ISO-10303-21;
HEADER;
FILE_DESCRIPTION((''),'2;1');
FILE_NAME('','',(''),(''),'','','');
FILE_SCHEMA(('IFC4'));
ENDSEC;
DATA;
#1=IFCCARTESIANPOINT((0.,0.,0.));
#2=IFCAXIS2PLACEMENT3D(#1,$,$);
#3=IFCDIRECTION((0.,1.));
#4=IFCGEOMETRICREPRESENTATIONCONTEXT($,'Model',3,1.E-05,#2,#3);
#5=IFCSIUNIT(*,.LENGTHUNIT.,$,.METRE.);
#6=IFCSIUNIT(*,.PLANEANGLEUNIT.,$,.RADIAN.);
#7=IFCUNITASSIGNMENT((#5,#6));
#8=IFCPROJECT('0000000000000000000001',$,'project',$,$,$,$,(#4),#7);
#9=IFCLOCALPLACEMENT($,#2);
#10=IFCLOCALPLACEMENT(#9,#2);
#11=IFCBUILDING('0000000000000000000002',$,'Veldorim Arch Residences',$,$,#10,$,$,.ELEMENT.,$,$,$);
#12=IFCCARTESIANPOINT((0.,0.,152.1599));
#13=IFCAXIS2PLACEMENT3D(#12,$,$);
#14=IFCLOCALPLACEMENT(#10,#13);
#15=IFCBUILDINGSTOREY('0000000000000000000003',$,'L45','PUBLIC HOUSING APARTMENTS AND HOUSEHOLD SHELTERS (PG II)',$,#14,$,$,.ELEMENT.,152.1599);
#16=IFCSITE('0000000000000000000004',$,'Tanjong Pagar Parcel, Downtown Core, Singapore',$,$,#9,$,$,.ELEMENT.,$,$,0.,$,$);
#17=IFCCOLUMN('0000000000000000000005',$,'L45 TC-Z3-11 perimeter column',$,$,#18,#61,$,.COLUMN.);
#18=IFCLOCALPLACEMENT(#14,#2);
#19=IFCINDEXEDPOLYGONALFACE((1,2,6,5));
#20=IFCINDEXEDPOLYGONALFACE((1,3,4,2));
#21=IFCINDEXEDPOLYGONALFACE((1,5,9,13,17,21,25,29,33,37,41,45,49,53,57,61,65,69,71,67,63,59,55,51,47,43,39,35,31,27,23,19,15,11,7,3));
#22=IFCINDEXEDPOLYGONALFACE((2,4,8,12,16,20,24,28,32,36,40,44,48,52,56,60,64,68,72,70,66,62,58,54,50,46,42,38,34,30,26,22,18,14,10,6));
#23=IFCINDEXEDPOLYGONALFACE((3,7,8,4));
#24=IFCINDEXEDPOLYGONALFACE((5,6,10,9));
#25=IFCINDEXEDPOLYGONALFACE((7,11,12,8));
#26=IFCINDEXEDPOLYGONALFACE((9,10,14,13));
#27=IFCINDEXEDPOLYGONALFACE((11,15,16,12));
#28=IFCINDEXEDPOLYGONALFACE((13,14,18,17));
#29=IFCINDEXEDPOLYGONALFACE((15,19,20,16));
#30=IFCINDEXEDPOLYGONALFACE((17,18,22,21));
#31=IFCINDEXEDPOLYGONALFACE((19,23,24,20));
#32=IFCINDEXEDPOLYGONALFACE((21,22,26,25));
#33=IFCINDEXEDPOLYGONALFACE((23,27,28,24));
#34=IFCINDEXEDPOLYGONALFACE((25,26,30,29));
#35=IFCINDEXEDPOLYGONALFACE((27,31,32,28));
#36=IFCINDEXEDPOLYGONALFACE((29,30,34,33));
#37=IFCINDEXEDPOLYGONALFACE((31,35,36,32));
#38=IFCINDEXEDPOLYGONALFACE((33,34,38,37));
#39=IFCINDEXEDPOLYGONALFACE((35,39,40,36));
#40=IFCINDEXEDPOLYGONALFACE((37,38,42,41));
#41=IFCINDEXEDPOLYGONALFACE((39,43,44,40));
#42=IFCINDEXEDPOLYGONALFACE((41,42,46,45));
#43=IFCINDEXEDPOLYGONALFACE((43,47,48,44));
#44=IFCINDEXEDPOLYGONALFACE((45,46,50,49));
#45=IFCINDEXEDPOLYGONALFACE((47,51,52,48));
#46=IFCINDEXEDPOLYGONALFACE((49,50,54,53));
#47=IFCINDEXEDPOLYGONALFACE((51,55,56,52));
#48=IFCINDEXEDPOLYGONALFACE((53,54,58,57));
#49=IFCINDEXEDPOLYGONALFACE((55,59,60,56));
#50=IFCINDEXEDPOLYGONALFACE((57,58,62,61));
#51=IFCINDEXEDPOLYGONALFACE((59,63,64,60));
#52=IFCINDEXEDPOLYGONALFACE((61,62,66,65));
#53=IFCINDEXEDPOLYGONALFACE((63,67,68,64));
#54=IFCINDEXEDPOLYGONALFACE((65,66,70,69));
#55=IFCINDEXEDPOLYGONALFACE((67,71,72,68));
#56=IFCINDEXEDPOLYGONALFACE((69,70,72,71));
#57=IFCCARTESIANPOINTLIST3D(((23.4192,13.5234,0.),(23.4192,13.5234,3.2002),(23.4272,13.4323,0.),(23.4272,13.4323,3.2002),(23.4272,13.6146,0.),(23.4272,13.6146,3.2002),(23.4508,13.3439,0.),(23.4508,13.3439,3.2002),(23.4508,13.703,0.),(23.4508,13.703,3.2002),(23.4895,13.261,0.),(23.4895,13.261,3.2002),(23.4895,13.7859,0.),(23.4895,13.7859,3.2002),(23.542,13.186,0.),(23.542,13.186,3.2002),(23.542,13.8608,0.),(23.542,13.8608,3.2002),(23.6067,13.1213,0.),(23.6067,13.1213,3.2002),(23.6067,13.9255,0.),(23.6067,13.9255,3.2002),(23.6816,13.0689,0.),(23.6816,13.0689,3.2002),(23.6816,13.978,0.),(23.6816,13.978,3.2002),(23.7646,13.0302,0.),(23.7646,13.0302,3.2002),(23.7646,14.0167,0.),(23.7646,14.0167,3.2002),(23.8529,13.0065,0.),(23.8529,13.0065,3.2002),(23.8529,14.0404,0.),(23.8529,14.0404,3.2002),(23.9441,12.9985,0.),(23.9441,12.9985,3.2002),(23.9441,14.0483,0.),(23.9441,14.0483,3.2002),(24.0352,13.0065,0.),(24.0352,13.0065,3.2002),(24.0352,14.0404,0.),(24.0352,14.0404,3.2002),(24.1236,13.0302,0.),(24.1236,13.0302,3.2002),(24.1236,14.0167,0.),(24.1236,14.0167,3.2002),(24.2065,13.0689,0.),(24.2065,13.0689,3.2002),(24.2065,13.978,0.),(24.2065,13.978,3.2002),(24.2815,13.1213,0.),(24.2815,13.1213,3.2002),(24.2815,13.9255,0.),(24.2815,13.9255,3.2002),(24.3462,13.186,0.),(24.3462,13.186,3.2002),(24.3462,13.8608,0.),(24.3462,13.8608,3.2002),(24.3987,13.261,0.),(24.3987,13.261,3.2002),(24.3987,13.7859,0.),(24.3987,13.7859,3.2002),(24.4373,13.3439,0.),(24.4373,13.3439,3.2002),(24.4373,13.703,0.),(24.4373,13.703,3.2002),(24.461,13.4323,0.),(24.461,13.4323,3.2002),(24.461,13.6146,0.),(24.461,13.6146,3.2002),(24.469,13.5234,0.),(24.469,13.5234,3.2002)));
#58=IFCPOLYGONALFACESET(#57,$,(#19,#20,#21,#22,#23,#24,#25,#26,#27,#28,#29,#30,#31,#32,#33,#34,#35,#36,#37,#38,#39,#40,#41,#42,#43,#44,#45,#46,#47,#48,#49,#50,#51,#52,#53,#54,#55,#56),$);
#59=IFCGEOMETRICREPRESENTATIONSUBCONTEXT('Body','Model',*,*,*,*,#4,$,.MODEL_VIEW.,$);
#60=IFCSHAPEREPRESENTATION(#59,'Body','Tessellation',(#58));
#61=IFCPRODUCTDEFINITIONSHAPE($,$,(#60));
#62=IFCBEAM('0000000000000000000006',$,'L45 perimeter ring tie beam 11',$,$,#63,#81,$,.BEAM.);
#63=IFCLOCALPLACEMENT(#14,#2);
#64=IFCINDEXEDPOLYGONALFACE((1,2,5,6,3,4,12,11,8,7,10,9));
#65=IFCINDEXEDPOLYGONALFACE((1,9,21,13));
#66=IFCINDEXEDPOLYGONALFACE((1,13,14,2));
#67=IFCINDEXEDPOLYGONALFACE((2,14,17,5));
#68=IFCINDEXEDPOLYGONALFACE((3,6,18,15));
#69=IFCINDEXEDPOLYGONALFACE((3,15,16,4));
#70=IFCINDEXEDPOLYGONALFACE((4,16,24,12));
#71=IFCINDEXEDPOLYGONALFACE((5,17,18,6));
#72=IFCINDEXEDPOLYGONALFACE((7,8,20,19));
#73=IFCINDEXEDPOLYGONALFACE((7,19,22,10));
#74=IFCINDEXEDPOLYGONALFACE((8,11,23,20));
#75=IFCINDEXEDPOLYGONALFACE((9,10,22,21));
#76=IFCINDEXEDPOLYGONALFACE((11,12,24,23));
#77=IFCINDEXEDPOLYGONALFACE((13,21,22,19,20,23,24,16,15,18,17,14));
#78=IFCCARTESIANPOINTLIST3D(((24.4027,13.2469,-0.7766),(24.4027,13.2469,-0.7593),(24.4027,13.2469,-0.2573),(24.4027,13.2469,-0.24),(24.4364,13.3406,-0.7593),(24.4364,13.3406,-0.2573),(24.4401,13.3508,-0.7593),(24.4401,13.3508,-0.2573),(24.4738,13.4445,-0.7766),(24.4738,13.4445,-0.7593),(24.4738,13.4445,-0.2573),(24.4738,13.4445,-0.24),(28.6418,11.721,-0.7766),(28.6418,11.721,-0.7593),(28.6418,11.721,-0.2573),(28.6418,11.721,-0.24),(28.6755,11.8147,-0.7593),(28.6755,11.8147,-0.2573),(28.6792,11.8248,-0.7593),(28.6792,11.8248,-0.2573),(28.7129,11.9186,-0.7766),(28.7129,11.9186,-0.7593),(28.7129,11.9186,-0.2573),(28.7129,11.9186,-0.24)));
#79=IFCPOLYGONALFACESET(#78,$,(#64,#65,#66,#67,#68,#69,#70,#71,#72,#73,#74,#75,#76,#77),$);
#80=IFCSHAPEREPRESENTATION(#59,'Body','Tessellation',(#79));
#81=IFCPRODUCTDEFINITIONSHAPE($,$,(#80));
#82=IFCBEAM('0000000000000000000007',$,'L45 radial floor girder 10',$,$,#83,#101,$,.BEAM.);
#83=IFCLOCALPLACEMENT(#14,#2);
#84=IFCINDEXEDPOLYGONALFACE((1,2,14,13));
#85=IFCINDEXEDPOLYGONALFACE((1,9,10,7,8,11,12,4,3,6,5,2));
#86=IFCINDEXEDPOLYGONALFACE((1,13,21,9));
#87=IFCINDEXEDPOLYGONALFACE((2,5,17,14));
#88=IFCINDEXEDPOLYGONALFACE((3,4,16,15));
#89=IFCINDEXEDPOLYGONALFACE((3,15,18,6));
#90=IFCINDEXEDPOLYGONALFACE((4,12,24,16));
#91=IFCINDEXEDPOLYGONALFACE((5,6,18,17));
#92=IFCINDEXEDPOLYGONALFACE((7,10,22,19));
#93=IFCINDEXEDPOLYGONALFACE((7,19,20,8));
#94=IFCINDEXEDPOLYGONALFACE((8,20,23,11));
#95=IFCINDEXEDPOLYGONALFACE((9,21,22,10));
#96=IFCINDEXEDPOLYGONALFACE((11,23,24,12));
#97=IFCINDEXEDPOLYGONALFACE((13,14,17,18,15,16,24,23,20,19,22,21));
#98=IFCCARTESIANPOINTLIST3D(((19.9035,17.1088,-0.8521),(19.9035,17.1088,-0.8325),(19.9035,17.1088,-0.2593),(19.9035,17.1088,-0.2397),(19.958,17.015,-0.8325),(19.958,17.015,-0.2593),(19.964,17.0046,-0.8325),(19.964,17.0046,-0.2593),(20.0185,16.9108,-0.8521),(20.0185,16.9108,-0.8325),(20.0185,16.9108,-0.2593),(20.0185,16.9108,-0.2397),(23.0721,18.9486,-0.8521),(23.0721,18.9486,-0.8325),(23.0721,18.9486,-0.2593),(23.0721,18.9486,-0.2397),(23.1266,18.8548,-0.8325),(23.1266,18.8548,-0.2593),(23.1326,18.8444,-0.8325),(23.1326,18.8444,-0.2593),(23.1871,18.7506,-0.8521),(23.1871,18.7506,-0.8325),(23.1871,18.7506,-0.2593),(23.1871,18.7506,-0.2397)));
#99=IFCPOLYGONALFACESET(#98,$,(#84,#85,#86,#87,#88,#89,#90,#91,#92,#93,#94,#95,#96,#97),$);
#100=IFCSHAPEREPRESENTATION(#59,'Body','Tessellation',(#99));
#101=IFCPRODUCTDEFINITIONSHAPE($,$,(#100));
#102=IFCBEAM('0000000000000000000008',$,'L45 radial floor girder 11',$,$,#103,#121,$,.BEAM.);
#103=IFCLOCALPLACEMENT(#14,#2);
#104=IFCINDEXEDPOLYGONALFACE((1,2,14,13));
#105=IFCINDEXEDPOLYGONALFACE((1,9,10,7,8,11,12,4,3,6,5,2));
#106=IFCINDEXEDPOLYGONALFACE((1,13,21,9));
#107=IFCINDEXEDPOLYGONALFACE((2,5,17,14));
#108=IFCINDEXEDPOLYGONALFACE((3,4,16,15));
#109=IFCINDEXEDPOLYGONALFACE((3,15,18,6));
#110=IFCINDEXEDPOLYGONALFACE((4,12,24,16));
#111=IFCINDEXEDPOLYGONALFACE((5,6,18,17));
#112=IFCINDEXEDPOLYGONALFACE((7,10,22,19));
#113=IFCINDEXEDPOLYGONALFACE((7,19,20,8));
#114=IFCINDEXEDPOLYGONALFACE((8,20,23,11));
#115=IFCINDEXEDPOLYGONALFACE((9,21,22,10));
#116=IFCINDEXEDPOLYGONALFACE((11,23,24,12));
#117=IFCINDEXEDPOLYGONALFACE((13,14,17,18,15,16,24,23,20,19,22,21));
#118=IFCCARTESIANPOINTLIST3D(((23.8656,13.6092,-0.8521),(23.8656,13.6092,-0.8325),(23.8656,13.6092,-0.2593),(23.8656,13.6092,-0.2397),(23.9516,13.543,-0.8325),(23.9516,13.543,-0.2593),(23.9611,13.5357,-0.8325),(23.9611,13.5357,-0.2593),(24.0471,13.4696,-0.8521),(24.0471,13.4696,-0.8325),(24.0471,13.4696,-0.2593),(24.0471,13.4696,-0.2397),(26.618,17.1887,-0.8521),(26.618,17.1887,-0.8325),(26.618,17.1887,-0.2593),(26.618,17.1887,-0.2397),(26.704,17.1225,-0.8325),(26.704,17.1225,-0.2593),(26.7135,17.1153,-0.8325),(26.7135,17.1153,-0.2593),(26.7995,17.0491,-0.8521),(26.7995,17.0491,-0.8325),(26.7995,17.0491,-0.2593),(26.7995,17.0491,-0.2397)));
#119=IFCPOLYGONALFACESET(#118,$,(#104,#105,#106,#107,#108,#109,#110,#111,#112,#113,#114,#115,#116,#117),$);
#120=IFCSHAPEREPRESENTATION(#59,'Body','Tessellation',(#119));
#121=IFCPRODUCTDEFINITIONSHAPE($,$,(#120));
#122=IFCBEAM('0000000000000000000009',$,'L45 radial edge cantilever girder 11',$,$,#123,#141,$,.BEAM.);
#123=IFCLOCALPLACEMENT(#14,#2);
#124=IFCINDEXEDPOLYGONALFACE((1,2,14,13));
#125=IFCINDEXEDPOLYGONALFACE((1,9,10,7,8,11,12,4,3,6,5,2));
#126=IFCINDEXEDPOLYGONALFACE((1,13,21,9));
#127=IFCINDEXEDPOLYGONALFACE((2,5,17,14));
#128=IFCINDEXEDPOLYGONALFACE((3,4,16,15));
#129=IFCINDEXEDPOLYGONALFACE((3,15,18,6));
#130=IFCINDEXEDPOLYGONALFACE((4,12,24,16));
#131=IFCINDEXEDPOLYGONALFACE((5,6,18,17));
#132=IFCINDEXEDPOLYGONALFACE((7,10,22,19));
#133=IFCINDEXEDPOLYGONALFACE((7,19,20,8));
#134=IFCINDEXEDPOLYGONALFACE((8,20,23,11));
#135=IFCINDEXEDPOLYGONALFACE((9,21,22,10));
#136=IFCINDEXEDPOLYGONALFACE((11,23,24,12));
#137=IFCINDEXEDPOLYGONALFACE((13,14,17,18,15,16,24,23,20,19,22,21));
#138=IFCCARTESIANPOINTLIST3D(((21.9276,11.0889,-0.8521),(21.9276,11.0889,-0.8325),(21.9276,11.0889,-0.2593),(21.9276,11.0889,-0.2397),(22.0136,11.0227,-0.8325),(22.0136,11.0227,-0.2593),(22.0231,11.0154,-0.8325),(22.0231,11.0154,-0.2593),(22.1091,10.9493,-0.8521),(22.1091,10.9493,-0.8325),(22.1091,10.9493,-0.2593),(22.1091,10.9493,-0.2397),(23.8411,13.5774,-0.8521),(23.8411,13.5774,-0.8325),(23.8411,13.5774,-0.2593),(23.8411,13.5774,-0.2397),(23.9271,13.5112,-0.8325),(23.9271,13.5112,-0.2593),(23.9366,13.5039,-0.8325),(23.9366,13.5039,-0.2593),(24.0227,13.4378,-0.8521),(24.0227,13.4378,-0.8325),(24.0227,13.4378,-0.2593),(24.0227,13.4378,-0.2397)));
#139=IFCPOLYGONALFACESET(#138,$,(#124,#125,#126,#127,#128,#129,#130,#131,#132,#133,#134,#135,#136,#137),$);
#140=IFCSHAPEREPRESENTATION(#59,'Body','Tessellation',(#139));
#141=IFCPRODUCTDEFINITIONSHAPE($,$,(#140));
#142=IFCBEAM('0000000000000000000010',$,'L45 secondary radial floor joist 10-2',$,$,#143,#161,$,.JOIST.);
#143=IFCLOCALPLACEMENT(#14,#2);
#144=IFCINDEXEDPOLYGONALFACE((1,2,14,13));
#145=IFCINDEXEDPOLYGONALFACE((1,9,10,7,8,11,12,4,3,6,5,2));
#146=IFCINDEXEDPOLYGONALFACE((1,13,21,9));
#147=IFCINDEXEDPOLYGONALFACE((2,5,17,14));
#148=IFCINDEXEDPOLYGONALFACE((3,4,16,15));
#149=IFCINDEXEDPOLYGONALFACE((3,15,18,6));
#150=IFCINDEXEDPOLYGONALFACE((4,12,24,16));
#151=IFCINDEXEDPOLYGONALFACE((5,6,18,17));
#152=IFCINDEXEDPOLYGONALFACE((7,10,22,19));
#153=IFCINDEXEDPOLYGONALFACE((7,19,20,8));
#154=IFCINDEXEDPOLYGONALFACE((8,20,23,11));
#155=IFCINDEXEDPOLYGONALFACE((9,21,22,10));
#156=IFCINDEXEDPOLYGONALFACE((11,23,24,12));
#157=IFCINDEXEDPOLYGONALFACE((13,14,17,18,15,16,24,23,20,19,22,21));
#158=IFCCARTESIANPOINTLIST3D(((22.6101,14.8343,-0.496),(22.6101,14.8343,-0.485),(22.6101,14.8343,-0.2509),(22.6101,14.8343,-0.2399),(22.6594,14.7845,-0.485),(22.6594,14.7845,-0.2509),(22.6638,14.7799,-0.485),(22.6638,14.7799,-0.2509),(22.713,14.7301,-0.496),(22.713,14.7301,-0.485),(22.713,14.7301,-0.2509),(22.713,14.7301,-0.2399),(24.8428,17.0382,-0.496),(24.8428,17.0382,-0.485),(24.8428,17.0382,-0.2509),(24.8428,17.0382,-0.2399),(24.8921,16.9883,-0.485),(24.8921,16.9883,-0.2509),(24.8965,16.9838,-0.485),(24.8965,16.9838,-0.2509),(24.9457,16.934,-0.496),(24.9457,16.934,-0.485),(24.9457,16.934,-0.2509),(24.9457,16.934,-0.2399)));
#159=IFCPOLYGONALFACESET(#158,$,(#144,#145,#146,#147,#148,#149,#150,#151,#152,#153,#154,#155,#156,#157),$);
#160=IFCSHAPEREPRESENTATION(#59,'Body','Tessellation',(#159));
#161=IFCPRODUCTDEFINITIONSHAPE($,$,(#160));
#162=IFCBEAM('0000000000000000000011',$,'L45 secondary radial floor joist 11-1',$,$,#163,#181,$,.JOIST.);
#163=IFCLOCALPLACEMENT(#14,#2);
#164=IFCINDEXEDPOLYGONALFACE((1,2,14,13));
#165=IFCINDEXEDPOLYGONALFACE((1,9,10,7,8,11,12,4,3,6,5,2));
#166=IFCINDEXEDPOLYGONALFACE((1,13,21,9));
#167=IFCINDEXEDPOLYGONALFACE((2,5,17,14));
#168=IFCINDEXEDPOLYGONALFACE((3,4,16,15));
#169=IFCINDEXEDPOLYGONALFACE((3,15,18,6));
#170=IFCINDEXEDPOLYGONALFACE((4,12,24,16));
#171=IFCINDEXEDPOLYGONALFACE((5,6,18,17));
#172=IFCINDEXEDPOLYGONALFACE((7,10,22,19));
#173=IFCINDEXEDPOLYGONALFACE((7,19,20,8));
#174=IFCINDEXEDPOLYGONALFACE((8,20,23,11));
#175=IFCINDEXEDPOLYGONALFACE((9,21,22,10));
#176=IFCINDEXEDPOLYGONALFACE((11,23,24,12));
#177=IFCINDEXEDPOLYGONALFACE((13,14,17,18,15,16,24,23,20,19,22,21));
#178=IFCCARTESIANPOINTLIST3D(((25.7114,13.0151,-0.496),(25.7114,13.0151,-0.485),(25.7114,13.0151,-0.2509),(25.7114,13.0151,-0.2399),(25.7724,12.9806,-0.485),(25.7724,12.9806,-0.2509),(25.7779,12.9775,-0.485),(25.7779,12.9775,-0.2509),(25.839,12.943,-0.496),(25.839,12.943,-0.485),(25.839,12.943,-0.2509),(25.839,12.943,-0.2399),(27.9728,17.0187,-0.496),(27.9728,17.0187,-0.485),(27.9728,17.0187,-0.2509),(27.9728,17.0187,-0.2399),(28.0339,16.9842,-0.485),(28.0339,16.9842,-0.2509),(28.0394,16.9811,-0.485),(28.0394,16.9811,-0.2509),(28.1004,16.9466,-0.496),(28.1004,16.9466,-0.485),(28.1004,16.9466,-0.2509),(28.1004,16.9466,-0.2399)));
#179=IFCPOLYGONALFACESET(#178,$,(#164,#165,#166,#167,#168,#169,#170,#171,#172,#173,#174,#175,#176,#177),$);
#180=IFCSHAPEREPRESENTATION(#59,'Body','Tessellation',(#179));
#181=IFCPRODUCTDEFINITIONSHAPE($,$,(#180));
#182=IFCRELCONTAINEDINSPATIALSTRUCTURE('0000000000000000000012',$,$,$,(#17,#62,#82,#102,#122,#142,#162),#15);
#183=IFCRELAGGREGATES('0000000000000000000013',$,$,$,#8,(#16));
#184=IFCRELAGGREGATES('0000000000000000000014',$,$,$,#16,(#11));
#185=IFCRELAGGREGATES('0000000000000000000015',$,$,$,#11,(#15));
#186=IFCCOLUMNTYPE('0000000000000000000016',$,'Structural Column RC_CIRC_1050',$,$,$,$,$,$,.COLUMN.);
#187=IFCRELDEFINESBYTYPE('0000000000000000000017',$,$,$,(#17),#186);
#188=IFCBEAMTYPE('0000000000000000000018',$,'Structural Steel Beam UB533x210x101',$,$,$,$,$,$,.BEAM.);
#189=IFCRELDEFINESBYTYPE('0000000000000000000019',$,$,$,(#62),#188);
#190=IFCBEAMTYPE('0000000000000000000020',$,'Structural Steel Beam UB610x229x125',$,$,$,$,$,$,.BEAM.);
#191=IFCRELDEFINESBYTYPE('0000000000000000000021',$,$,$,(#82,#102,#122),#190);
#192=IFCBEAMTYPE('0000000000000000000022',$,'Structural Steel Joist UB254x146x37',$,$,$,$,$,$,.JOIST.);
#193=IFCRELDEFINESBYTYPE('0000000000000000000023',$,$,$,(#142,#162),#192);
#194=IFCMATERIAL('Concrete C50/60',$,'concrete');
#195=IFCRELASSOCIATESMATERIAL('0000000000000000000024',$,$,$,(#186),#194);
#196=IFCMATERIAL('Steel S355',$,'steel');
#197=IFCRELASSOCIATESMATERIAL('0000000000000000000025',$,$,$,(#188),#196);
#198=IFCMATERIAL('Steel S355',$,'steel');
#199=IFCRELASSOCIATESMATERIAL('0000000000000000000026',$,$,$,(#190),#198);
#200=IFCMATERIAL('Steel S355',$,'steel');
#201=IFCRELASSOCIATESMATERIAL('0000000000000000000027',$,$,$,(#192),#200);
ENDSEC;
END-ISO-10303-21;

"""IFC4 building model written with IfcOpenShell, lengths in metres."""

from ifc_helpers import new_model, si_unit, direction, frame, origin, origin_2d, place, context, subcontext, project, spatial, circle, i_section, extrude, material, material_profile, profile_set, type_object, element, save


model = new_model("IFC4")

# Units and contexts
model_context = context("Model", 3, precision=1e-05, world=origin(), true_north=direction((0.0, 1.0)))
body_context = subcontext(model_context, "Body", "Model", "MODEL_VIEW")
ifc_project = project(units=[si_unit("LENGTHUNIT", "METRE"), si_unit("PLANEANGLEUNIT", "RADIAN")], contexts=[model_context])

# Site, building, storey
site_placement = place(None, origin())
site = spatial("IfcSite", under=ifc_project, at=site_placement, Name="Tanjong Pagar Parcel, Downtown Core, Singapore", CompositionType="ELEMENT", RefElevation=0.0)
building_placement = place(site_placement, origin())
building = spatial("IfcBuilding", under=site, at=building_placement, Name="Veldorim Arch Residences", CompositionType="ELEMENT")
storey_placement = place(building_placement, frame((0.0, 0.0, 152.1599)))
storey = spatial("IfcBuildingStorey", under=building, at=storey_placement, Name="L45", Description="PUBLIC HOUSING APARTMENTS AND HOUSEHOLD SHELTERS (PG II)", CompositionType="ELEMENT", Elevation=152.1599)

# Column
ifc_material_1 = material(Name="Concrete C50/60", Category="concrete")
ifc_material_profile_1 = material_profile(ifc_material_1, circle(Radius=0.5249, at=origin_2d()), Name="RC_CIRC_1050")
ifc_profile_set_1 = profile_set([ifc_material_profile_1], Name="Concrete C50/60")
column_type = type_object("IfcColumnType", Name="Structural Column RC_CIRC_1050", PredefinedType="COLUMN", material=ifc_profile_set_1)
column_placement = place(storey_placement, frame((23.9441, 13.5234, 0.0), z_axis=(0.0, 0.0, 1.0), x_axis=(1.0, 0.0, 0.0)))
element("IfcColumn", 1, at=column_placement, inside=storey, type_object=column_type, Name="L45 TC-Z3-11 perimeter column", PredefinedType="COLUMN", context=body_context, shape_type="SweptSolid", body=[
    extrude(circle(Radius=0.5249, at=origin_2d()), origin(), (0.0, 0.0, 1.0), 3.2002),
])

# Beams
ifc_material_2 = material(Name="Steel S355", Category="steel")
ifc_material_profile_2 = material_profile(ifc_material_2, i_section(OverallWidth=0.21, OverallDepth=0.5366, WebThickness=0.0107, FlangeThickness=0.0173, at=origin_2d()), Name="UB533x210x101")
ifc_profile_set_2 = profile_set([ifc_material_profile_2], Name="Steel S355")
beam_type_1 = type_object("IfcBeamType", Name="Structural Steel Beam UB533x210x101", PredefinedType="BEAM", material=ifc_profile_set_2)
beam_1_placement = place(storey_placement, frame((24.4382, 13.3457, -0.5083), z_axis=(0.940899, -0.338687, 0.0), x_axis=(0.338687, 0.940899, 0.0)))
element("IfcBeam", 2, at=beam_1_placement, inside=storey, type_object=beam_type_1, Name="L45 perimeter ring tie beam 11", PredefinedType="BEAM", context=body_context, shape_type="SweptSolid", body=[
    extrude(i_section(OverallWidth=0.21, OverallDepth=0.5366, WebThickness=0.0107, FlangeThickness=0.0173, at=origin_2d()), origin(), (0.0, 0.0, 1.0), 4.5054),
])
ifc_material_3 = material(Name="Steel S355", Category="steel")
ifc_material_profile_3 = material_profile(ifc_material_3, i_section(OverallWidth=0.229, OverallDepth=0.6123, WebThickness=0.012, FlangeThickness=0.0195, at=origin_2d()), Name="UB610x229x125")
ifc_profile_set_3 = profile_set([ifc_material_profile_3], Name="Steel S355")
beam_type_2 = type_object("IfcBeamType", Name="Structural Steel Beam UB610x229x125", PredefinedType="BEAM", material=ifc_profile_set_3)
beam_2_placement = place(storey_placement, frame((23.1296, 18.8496, -0.5459), z_axis=(-0.864795, -0.502126, 0.0), x_axis=(0.502126, -0.864795, 0.0)))
element("IfcBeam", 3, at=beam_2_placement, inside=storey, type_object=beam_type_2, Name="L45 radial floor girder 10", PredefinedType="BEAM", context=body_context, shape_type="SweptSolid", body=[
    extrude(i_section(OverallWidth=0.229, OverallDepth=0.6123, WebThickness=0.012, FlangeThickness=0.0195, at=origin_2d()), origin(), (0.0, 0.0, 1.0), 3.6641),
])
beam_3_placement = place(storey_placement, frame((26.7087, 17.1189, -0.5459), z_axis=(-0.609559, -0.792741, 0.0), x_axis=(0.792741, -0.609559, 0.0)))
element("IfcBeam", 4, at=beam_3_placement, inside=storey, type_object=beam_type_2, Name="L45 radial floor girder 11", PredefinedType="BEAM", context=body_context, shape_type="SweptSolid", body=[
    extrude(i_section(OverallWidth=0.229, OverallDepth=0.6123, WebThickness=0.012, FlangeThickness=0.0195, at=origin_2d()), origin(), (0.0, 0.0, 1.0), 4.5154),
])
beam_4_placement = place(storey_placement, frame((23.9319, 13.5076, -0.5459), z_axis=(-0.609575, -0.792728, 0.0), x_axis=(0.792728, -0.609575, 0.0)))
element("IfcBeam", 5, at=beam_4_placement, inside=storey, type_object=beam_type_2, Name="L45 radial edge cantilever girder 11", PredefinedType="BEAM", context=body_context, shape_type="SweptSolid", body=[
    extrude(i_section(OverallWidth=0.229, OverallDepth=0.6123, WebThickness=0.012, FlangeThickness=0.0195, at=origin_2d()), origin(), (0.0, 0.0, 1.0), 3.1392),
])
ifc_material_4 = material(Name="Steel S355", Category="steel")
ifc_material_profile_4 = material_profile(ifc_material_4, i_section(OverallWidth=0.1465, OverallDepth=0.2561, WebThickness=0.0063, FlangeThickness=0.011, at=origin_2d()), Name="UB254x146x37")
ifc_profile_set_4 = profile_set([ifc_material_profile_4], Name="Steel S355")
beam_type_3 = type_object("IfcBeamType", Name="Structural Steel Joist UB254x146x37", PredefinedType="JOIST", material=ifc_profile_set_4)
beam_5_placement = place(storey_placement, frame((24.8943, 16.9861, -0.3679), z_axis=(-0.711683, -0.7025, 0.0), x_axis=(0.7025, -0.711683, 0.0)))
element("IfcBeam", 6, at=beam_5_placement, inside=storey, type_object=beam_type_3, Name="L45 secondary radial floor joist 10-2", PredefinedType="JOIST", context=body_context, shape_type="SweptSolid", body=[
    extrude(i_section(OverallWidth=0.1465, OverallDepth=0.2561, WebThickness=0.0063, FlangeThickness=0.011, at=origin_2d()), origin(), (0.0, 0.0, 1.0), 3.1372),
])
beam_6_placement = place(storey_placement, frame((28.0366, 16.9827, -0.3679), z_axis=(-0.491816, -0.870699, 0.0), x_axis=(0.870699, -0.491816, 0.0)))
element("IfcBeam", 7, at=beam_6_placement, inside=storey, type_object=beam_type_3, Name="L45 secondary radial floor joist 11-1", PredefinedType="JOIST", context=body_context, shape_type="SweptSolid", body=[
    extrude(i_section(OverallWidth=0.1465, OverallDepth=0.2561, WebThickness=0.0063, FlangeThickness=0.011, at=origin_2d()), origin(), (0.0, 0.0, 1.0), 4.5981),
])

save(model, "model.ifc")
